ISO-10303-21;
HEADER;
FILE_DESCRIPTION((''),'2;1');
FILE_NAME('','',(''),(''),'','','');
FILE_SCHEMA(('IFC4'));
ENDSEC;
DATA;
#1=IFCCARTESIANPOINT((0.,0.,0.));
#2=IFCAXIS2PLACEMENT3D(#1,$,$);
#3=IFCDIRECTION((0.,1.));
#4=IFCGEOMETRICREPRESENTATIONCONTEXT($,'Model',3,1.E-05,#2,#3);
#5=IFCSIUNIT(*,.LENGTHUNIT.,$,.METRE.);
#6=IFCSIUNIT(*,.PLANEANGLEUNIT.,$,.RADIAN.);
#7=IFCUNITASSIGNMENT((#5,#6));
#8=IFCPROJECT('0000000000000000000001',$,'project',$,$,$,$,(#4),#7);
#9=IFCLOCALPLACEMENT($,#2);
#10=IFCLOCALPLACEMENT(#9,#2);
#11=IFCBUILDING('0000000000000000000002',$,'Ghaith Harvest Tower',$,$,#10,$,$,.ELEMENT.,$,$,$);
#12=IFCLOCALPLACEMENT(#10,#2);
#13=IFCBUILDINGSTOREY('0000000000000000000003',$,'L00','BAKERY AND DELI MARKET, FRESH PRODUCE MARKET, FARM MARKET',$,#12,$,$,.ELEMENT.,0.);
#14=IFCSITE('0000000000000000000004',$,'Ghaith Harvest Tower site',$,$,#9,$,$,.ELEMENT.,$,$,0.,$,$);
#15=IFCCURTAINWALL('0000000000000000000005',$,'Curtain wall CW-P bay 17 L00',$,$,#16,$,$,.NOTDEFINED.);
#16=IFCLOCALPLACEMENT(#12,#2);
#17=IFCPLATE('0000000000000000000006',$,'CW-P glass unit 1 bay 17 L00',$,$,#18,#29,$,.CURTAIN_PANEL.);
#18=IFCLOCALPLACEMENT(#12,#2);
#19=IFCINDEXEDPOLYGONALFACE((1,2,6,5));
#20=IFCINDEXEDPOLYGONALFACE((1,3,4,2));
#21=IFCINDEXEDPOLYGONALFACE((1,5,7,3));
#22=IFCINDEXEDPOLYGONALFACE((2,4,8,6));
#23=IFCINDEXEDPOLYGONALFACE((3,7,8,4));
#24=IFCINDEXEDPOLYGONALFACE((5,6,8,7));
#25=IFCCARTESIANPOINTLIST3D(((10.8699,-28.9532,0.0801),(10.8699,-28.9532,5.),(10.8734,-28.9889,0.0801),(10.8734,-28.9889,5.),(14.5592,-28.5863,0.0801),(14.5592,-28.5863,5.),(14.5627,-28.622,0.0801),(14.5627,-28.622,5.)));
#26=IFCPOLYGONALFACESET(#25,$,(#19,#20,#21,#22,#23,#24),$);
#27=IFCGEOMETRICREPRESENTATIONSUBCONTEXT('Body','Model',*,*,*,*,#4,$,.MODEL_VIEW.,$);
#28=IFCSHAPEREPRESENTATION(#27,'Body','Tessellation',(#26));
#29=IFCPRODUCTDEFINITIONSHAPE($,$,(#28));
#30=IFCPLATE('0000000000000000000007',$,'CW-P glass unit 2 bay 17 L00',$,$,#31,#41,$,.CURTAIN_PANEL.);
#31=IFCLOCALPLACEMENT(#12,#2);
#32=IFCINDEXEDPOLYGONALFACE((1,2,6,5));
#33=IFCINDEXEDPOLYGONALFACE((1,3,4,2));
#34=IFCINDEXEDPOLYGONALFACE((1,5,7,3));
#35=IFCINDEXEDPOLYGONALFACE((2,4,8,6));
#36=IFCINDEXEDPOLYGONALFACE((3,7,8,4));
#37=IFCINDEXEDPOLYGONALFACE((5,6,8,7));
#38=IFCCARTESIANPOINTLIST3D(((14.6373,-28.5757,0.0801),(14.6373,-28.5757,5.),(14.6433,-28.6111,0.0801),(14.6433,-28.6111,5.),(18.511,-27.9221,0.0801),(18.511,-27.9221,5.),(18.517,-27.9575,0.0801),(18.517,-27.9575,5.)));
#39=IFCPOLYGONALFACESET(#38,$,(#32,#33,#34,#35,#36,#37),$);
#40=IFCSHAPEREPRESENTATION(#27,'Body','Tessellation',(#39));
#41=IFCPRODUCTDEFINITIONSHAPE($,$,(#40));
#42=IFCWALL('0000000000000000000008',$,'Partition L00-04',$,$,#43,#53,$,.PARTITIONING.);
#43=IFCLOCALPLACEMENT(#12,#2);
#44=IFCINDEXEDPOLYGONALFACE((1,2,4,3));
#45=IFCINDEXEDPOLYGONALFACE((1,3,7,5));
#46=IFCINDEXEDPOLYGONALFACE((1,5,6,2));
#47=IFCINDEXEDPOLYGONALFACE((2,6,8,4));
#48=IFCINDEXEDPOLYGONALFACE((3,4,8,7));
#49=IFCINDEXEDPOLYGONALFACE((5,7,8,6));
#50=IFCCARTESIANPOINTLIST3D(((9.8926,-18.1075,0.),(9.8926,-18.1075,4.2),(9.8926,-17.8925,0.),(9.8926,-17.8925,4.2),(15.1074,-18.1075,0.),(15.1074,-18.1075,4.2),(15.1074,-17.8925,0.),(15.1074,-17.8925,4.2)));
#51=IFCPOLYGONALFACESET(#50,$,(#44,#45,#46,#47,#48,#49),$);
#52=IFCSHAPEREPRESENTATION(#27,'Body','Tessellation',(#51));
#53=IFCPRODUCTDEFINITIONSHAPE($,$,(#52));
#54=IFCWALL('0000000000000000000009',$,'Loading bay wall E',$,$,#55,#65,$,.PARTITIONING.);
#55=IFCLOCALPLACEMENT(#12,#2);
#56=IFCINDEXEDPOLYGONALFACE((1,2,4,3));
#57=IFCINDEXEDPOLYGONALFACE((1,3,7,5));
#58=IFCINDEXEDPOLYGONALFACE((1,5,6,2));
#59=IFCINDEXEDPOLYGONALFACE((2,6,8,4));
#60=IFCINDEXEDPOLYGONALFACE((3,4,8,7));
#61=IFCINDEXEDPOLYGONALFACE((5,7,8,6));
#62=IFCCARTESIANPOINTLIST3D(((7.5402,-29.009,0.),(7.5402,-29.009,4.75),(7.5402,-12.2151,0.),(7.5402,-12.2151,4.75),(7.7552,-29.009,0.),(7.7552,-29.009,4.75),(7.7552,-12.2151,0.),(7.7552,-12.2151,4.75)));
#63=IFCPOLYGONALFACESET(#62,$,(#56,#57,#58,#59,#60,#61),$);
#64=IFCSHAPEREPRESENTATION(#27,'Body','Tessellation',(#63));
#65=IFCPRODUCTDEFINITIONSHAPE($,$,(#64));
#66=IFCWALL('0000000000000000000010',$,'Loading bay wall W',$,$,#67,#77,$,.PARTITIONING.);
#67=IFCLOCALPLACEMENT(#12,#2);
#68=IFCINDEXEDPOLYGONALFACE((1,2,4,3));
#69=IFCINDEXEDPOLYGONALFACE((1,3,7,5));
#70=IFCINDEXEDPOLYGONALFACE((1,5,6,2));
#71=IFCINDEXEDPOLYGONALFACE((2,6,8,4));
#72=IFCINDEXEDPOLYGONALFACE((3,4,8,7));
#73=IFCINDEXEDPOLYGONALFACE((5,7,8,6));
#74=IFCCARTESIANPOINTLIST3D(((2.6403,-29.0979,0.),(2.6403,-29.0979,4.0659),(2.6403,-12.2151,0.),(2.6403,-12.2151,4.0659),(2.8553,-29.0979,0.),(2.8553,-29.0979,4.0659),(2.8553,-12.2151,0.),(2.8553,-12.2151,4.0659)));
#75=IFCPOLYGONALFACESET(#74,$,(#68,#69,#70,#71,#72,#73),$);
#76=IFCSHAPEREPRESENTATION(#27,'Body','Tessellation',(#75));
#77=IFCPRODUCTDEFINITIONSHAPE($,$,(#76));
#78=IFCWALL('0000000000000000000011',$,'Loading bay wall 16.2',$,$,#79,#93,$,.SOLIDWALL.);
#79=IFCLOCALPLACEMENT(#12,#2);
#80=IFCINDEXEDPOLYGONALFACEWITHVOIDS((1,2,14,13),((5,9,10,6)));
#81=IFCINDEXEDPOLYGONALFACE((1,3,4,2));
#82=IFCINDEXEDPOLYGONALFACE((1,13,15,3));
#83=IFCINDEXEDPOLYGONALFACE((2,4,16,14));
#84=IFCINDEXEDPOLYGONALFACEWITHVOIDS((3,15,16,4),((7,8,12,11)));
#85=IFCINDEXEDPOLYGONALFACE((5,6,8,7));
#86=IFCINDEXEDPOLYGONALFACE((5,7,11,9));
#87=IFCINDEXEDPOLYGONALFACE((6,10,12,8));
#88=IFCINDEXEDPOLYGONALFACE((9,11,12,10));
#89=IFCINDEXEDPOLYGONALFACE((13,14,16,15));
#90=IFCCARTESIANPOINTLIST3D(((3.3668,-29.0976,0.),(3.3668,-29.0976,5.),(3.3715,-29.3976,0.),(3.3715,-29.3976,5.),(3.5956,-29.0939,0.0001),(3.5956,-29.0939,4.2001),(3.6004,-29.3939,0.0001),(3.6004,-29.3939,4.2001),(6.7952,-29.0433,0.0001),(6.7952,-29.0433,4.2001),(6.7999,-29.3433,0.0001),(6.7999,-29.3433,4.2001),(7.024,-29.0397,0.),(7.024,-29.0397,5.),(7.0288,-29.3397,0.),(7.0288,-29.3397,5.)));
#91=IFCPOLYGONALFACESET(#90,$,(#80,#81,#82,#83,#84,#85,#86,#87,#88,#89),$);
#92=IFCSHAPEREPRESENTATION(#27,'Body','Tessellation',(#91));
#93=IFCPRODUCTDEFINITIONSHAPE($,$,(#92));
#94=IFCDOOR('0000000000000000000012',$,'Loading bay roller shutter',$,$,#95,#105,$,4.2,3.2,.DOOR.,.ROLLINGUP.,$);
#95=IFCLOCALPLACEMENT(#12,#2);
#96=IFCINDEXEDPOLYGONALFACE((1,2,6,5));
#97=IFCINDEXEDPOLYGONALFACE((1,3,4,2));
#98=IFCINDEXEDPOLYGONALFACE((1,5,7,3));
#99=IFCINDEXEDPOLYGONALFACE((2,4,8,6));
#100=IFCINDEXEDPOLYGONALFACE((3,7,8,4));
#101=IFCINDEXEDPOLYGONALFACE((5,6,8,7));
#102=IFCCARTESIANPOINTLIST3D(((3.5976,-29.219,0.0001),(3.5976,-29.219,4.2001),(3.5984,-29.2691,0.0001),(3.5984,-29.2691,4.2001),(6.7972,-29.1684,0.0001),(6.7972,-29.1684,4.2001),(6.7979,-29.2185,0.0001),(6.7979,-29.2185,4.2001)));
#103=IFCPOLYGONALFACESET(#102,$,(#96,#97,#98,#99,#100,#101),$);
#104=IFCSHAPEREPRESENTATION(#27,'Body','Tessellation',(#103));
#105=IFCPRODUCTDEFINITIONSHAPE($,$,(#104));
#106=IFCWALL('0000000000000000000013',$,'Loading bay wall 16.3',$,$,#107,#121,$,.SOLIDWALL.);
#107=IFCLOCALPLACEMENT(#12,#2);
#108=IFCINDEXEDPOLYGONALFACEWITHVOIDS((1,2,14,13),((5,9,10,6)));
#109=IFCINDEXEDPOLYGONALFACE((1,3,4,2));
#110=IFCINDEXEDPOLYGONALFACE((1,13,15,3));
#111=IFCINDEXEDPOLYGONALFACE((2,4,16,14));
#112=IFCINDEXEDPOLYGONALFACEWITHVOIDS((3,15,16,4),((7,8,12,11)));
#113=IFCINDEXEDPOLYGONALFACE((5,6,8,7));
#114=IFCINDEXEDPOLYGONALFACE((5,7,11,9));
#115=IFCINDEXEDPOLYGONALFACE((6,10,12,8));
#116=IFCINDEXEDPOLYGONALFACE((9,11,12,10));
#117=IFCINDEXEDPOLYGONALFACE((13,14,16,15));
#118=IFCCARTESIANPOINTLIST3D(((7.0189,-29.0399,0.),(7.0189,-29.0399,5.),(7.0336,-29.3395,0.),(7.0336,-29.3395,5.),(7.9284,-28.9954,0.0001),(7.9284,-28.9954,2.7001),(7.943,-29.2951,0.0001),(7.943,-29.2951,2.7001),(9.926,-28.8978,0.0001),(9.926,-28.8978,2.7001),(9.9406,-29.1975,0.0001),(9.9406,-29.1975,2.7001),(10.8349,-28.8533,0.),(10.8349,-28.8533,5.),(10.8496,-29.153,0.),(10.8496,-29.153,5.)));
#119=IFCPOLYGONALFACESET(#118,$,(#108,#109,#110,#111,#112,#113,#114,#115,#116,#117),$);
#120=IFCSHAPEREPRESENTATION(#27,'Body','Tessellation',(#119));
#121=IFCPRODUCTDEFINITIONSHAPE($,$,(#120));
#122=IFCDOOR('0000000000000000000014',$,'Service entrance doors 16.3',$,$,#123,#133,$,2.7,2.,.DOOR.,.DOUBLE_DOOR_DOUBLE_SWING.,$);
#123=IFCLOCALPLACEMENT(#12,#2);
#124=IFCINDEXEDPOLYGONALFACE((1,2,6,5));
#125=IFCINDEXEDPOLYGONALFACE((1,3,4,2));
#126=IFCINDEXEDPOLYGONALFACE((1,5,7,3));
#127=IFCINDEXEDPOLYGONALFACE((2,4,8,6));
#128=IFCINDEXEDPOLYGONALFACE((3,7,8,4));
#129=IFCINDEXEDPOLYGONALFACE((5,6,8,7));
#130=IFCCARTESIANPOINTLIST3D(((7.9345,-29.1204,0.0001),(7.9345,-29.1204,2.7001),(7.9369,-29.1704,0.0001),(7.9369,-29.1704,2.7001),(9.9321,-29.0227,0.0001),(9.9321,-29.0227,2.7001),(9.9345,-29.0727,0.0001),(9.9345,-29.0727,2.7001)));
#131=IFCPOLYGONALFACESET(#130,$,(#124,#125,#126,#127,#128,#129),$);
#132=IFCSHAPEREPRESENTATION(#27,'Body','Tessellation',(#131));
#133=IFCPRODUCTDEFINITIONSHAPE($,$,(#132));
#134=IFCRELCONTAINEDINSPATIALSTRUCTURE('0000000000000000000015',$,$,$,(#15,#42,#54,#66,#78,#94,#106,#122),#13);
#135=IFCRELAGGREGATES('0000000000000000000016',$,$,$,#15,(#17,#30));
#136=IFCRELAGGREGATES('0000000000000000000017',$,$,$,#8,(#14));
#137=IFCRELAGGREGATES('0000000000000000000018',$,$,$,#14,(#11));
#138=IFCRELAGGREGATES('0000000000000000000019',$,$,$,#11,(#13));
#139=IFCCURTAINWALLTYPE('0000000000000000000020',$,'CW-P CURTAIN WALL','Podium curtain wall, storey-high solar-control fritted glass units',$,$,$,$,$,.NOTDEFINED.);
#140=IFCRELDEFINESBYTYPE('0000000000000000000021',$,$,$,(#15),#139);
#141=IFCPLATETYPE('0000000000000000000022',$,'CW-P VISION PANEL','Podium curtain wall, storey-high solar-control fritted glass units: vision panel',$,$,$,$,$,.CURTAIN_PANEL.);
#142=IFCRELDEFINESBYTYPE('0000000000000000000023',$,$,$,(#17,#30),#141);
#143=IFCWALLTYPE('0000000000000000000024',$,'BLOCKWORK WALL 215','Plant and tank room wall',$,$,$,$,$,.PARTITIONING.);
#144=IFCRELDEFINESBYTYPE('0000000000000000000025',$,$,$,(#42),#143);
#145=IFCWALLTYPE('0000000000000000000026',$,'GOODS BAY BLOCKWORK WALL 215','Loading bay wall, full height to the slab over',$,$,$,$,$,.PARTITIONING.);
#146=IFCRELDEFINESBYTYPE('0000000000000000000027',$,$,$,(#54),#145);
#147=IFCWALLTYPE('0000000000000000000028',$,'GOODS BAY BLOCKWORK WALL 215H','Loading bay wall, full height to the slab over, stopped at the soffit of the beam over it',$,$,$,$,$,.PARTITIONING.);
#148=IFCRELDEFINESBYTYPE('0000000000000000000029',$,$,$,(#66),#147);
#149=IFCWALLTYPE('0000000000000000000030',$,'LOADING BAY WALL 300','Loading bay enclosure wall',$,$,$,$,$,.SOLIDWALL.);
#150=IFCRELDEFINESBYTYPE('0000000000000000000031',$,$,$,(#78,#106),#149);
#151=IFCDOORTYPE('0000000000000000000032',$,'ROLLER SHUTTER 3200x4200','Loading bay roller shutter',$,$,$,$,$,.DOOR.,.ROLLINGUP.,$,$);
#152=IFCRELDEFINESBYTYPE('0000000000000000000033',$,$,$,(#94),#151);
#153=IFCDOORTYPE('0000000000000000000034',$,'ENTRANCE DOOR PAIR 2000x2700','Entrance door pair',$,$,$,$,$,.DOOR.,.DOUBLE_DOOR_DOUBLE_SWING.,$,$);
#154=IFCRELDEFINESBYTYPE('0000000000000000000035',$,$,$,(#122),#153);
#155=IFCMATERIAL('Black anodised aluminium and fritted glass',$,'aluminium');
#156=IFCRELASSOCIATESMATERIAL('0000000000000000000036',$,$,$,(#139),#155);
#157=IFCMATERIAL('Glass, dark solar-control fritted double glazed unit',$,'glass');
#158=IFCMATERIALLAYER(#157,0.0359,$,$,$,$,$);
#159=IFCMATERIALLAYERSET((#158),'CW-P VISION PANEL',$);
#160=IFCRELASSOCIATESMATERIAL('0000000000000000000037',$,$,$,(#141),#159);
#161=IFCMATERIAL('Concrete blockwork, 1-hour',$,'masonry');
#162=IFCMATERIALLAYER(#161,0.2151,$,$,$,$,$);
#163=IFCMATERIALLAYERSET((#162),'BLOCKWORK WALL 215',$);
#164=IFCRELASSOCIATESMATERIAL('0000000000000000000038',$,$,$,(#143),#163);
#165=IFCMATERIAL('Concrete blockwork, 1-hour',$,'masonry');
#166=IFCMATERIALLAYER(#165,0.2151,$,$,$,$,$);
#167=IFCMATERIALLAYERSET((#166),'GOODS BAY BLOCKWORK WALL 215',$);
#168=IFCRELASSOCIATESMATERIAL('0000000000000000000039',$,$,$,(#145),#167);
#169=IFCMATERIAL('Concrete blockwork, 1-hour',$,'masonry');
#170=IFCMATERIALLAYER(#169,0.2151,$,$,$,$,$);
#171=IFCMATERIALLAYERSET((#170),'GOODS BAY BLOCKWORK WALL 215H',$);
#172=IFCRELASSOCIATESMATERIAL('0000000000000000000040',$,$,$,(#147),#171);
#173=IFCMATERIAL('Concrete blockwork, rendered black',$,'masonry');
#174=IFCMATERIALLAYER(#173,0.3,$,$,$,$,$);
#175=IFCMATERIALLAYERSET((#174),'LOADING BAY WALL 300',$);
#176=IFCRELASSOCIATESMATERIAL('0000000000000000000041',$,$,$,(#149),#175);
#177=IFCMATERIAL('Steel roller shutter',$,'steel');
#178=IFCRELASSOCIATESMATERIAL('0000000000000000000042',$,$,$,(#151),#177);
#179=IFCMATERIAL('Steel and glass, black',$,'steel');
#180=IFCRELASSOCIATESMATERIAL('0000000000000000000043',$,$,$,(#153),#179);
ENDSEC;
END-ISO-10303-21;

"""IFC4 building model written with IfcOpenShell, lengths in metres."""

from ifc_helpers import new_model, si_unit, direction, frame, frame_2d, origin, origin_2d, place, context, subcontext, project, spatial, rectangle, extrude, material, layer, layer_set, type_object, element, fill, aggregate, save


model = new_model("IFC4")

# Units and contexts
model_context = context("Model", 3, precision=1e-05, world=origin(), true_north=direction((0.0, 1.0)))
body_context = subcontext(model_context, "Body", "Model", "MODEL_VIEW")
ifc_project = project(units=[si_unit("LENGTHUNIT", "METRE"), si_unit("PLANEANGLEUNIT", "RADIAN")], contexts=[model_context])

# Site, building, storey
site_placement = place(None, origin())
site = spatial("IfcSite", under=ifc_project, at=site_placement, Name="Ghaith Harvest Tower site", CompositionType="ELEMENT", RefElevation=0.0)
building_placement = place(site_placement, origin())
building = spatial("IfcBuilding", under=site, at=building_placement, Name="Ghaith Harvest Tower", CompositionType="ELEMENT")
storey_placement = place(building_placement, origin())
storey = spatial("IfcBuildingStorey", under=building, at=storey_placement, Name="L00", Description="BAKERY AND DELI MARKET, FRESH PRODUCE MARKET, FARM MARKET", CompositionType="ELEMENT", Elevation=0.0)

# Curtain wall, plates
ifc_material_1 = material(Name="Black anodised aluminium and fritted glass", Category="aluminium")
curtain_wall_type = type_object("IfcCurtainWallType", Name="CW-P CURTAIN WALL", Description="Podium curtain wall, storey-high solar-control fritted glass units", PredefinedType="NOTDEFINED", material=ifc_material_1)
curtain_wall_placement = place(storey_placement, origin())
curtain_wall = element("IfcCurtainWall", 1, at=curtain_wall_placement, inside=storey, type_object=curtain_wall_type, Name="Curtain wall CW-P bay 17 L00", PredefinedType="NOTDEFINED")
ifc_material_2 = material(Name="Glass, dark solar-control fritted double glazed unit", Category="glass")
ifc_layer_1 = layer(ifc_material_2, 0.0359)
ifc_layer_set_1 = layer_set([ifc_layer_1], Name="CW-P VISION PANEL")
plate_type = type_object("IfcPlateType", Name="CW-P VISION PANEL", Description="Podium curtain wall, storey-high solar-control fritted glass units: vision panel", PredefinedType="CURTAIN_PANEL", material=ifc_layer_set_1)
plate_1_placement = place(storey_placement, frame((12.7163, -28.7876, 0.0801), z_axis=(0.0, 0.0, 1.0), x_axis=(0.995093, 0.098949, 0.0)))
plate_1 = element("IfcPlate", 2, at=plate_1_placement, type_object=plate_type, Name="CW-P glass unit 1 bay 17 L00", PredefinedType="CURTAIN_PANEL", context=body_context, shape_type="SweptSolid", body=[
    extrude(rectangle(XDim=3.7075, YDim=0.0359, at=origin_2d()), origin(), (0.0, 0.0, 1.0), 4.9199),
])
plate_2_placement = place(storey_placement, frame((16.5771, -28.2666, 0.0801), z_axis=(0.0, 0.0, 1.0), x_axis=(0.986062, 0.166379, 0.0)))
plate_2 = element("IfcPlate", 3, at=plate_2_placement, type_object=plate_type, Name="CW-P glass unit 2 bay 17 L00", PredefinedType="CURTAIN_PANEL", context=body_context, shape_type="SweptSolid", body=[
    extrude(rectangle(XDim=3.9285, YDim=0.0359, at=origin_2d()), origin(), (0.0, 0.0, 1.0), 4.9199),
])
aggregate(curtain_wall, [plate_1, plate_2])

# Walls
ifc_material_3 = material(Name="Concrete blockwork, 1-hour", Category="masonry")
ifc_layer_2 = layer(ifc_material_3, 0.2151)
ifc_layer_set_2 = layer_set([ifc_layer_2], Name="BLOCKWORK WALL 215")
wall_type_1 = type_object("IfcWallType", Name="BLOCKWORK WALL 215", Description="Plant and tank room wall", PredefinedType="PARTITIONING", material=ifc_layer_set_2)
wall_1_placement = place(storey_placement, frame((9.8926, -18.0, 0.0), z_axis=(0.0, 0.0, 1.0), x_axis=(1.0, 0.0, 0.0)))
element("IfcWall", 4, at=wall_1_placement, inside=storey, type_object=wall_type_1, Name="Partition L00-04", PredefinedType="PARTITIONING", context=body_context, shape_type="SweptSolid", body=[
    extrude(rectangle(XDim=5.2148, YDim=0.2151, at=frame_2d((2.6074, 0.0))), origin(), (0.0, 0.0, 1.0), 4.2),
])
ifc_material_4 = material(Name="Concrete blockwork, 1-hour", Category="masonry")
ifc_layer_3 = layer(ifc_material_4, 0.2151)
ifc_layer_set_3 = layer_set([ifc_layer_3], Name="GOODS BAY BLOCKWORK WALL 215")
wall_type_2 = type_object("IfcWallType", Name="GOODS BAY BLOCKWORK WALL 215", Description="Loading bay wall, full height to the slab over", PredefinedType="PARTITIONING", material=ifc_layer_set_3)
wall_2_placement = place(storey_placement, frame((7.6477, -29.009, 0.0), z_axis=(0.0, 0.0, 1.0), x_axis=(0.0, 1.0, 0.0)))
element("IfcWall", 5, at=wall_2_placement, inside=storey, type_object=wall_type_2, Name="Loading bay wall E", PredefinedType="PARTITIONING", context=body_context, shape_type="SweptSolid", body=[
    extrude(rectangle(XDim=16.7939, YDim=0.2151, at=frame_2d((8.397, 0.0))), origin(), (0.0, 0.0, 1.0), 4.75),
])
ifc_material_5 = material(Name="Concrete blockwork, 1-hour", Category="masonry")
ifc_layer_4 = layer(ifc_material_5, 0.2151)
ifc_layer_set_4 = layer_set([ifc_layer_4], Name="GOODS BAY BLOCKWORK WALL 215H")
wall_type_3 = type_object("IfcWallType", Name="GOODS BAY BLOCKWORK WALL 215H", Description="Loading bay wall, full height to the slab over, stopped at the soffit of the beam over it", PredefinedType="PARTITIONING", material=ifc_layer_set_4)
wall_3_placement = place(storey_placement, frame((2.7478, -29.0979, 0.0), z_axis=(0.0, 0.0, 1.0), x_axis=(0.0, 1.0, 0.0)))
element("IfcWall", 6, at=wall_3_placement, inside=storey, type_object=wall_type_3, Name="Loading bay wall W", PredefinedType="PARTITIONING", context=body_context, shape_type="SweptSolid", body=[
    extrude(rectangle(XDim=16.8828, YDim=0.2151, at=frame_2d((8.4414, 0.0))), origin(), (0.0, 0.0, 1.0), 4.0659),
])

# Walls, openings, doors
ifc_material_6 = material(Name="Concrete blockwork, rendered black", Category="masonry")
ifc_layer_5 = layer(ifc_material_6, 0.3)
ifc_layer_set_5 = layer_set([ifc_layer_5], Name="LOADING BAY WALL 300")
wall_type_4 = type_object("IfcWallType", Name="LOADING BAY WALL 300", Description="Loading bay enclosure wall", PredefinedType="SOLIDWALL", material=ifc_layer_set_5)
wall_4_placement = place(storey_placement, frame((3.3691, -29.2476, 0.0), z_axis=(0.0, 0.0, 1.0), x_axis=(0.999875, 0.015819, 0.0)))
wall_4 = element("IfcWall", 7, at=wall_4_placement, inside=storey, type_object=wall_type_4, Name="Loading bay wall 16.2", PredefinedType="SOLIDWALL", context=body_context, shape_type="SweptSolid", body=[
    extrude(rectangle(XDim=3.6577, YDim=0.3, at=frame_2d((1.8289, 0.0))), origin(), (0.0, 0.0, 1.0), 5.0),
])
opening_1_placement = place(wall_4_placement, frame((0.2288, 0.0, 0.0)))
opening_1 = element("IfcOpeningElement", 8, at=opening_1_placement, cuts=wall_4, PredefinedType="OPENING", context=body_context, shape_type="SweptSolid", body=[
    extrude(rectangle(XDim=3.2, YDim=4.2, at=frame_2d((1.6001, 2.1001))), frame((0.0, 0.1602, 0.0), z_axis=(0.0, -1.0, 0.0), x_axis=(1.0, 0.0, 0.0)), (0.0, 0.0, 1.0), 0.3201),
])
ifc_material_7 = material(Name="Steel roller shutter", Category="steel")
door_type_1 = type_object("IfcDoorType", Name="ROLLER SHUTTER 3200x4200", Description="Loading bay roller shutter", OperationType="ROLLINGUP", PredefinedType="DOOR", material=ifc_material_7)
door_1_placement = place(opening_1_placement, origin())
door_1 = element("IfcDoor", 9, at=door_1_placement, inside=storey, type_object=door_type_1, Name="Loading bay roller shutter", OperationType="ROLLINGUP", OverallHeight=4.2, OverallWidth=3.2, PredefinedType="DOOR", context=body_context, shape_type="SweptSolid", body=[
    extrude(rectangle(XDim=3.2, YDim=4.2, at=frame_2d((1.6001, 2.1001))), frame((0.0, 0.0249, 0.0), z_axis=(0.0, -1.0, 0.0), x_axis=(1.0, 0.0, 0.0)), (0.0, 0.0, 1.0), 0.05),
])
fill(opening_1, door_1)
wall_5_placement = place(storey_placement, frame((7.0264, -29.1897, 0.0), z_axis=(0.0, 0.0, 1.0), x_axis=(0.998807, 0.048822, 0.0)))
wall_5 = element("IfcWall", 10, at=wall_5_placement, inside=storey, type_object=wall_type_4, Name="Loading bay wall 16.3", PredefinedType="SOLIDWALL", context=body_context, shape_type="SweptSolid", body=[
    extrude(rectangle(XDim=3.8206, YDim=0.3, at=frame_2d((1.9102, 0.0))), origin(), (0.0, 0.0, 1.0), 5.0),
])
opening_2_placement = place(wall_5_placement, frame((0.9104, 0.0, 0.0)))
opening_2 = element("IfcOpeningElement", 11, at=opening_2_placement, cuts=wall_5, PredefinedType="OPENING", context=body_context, shape_type="SweptSolid", body=[
    extrude(rectangle(XDim=2.0, YDim=2.7, at=frame_2d((1.0, 1.3501))), frame((0.0, 0.1602, 0.0), z_axis=(0.0, -1.0, 0.0), x_axis=(1.0, 0.0, 0.0)), (0.0, 0.0, 1.0), 0.3201),
])
ifc_material_8 = material(Name="Steel and glass, black", Category="steel")
door_type_2 = type_object("IfcDoorType", Name="ENTRANCE DOOR PAIR 2000x2700", Description="Entrance door pair", OperationType="DOUBLE_DOOR_DOUBLE_SWING", PredefinedType="DOOR", material=ifc_material_8)
door_2_placement = place(opening_2_placement, origin())
door_2 = element("IfcDoor", 12, at=door_2_placement, inside=storey, type_object=door_type_2, Name="Service entrance doors 16.3", OperationType="DOUBLE_DOOR_DOUBLE_SWING", OverallHeight=2.7, OverallWidth=2.0, PredefinedType="DOOR", context=body_context, shape_type="SweptSolid", body=[
    extrude(rectangle(XDim=2.0, YDim=2.7, at=frame_2d((1.0, 1.3501))), frame((0.0, 0.0249, 0.0), z_axis=(0.0, -1.0, 0.0), x_axis=(1.0, 0.0, 0.0)), (0.0, 0.0, 1.0), 0.05),
])
fill(opening_2, door_2)

save(model, "model.ifc")
